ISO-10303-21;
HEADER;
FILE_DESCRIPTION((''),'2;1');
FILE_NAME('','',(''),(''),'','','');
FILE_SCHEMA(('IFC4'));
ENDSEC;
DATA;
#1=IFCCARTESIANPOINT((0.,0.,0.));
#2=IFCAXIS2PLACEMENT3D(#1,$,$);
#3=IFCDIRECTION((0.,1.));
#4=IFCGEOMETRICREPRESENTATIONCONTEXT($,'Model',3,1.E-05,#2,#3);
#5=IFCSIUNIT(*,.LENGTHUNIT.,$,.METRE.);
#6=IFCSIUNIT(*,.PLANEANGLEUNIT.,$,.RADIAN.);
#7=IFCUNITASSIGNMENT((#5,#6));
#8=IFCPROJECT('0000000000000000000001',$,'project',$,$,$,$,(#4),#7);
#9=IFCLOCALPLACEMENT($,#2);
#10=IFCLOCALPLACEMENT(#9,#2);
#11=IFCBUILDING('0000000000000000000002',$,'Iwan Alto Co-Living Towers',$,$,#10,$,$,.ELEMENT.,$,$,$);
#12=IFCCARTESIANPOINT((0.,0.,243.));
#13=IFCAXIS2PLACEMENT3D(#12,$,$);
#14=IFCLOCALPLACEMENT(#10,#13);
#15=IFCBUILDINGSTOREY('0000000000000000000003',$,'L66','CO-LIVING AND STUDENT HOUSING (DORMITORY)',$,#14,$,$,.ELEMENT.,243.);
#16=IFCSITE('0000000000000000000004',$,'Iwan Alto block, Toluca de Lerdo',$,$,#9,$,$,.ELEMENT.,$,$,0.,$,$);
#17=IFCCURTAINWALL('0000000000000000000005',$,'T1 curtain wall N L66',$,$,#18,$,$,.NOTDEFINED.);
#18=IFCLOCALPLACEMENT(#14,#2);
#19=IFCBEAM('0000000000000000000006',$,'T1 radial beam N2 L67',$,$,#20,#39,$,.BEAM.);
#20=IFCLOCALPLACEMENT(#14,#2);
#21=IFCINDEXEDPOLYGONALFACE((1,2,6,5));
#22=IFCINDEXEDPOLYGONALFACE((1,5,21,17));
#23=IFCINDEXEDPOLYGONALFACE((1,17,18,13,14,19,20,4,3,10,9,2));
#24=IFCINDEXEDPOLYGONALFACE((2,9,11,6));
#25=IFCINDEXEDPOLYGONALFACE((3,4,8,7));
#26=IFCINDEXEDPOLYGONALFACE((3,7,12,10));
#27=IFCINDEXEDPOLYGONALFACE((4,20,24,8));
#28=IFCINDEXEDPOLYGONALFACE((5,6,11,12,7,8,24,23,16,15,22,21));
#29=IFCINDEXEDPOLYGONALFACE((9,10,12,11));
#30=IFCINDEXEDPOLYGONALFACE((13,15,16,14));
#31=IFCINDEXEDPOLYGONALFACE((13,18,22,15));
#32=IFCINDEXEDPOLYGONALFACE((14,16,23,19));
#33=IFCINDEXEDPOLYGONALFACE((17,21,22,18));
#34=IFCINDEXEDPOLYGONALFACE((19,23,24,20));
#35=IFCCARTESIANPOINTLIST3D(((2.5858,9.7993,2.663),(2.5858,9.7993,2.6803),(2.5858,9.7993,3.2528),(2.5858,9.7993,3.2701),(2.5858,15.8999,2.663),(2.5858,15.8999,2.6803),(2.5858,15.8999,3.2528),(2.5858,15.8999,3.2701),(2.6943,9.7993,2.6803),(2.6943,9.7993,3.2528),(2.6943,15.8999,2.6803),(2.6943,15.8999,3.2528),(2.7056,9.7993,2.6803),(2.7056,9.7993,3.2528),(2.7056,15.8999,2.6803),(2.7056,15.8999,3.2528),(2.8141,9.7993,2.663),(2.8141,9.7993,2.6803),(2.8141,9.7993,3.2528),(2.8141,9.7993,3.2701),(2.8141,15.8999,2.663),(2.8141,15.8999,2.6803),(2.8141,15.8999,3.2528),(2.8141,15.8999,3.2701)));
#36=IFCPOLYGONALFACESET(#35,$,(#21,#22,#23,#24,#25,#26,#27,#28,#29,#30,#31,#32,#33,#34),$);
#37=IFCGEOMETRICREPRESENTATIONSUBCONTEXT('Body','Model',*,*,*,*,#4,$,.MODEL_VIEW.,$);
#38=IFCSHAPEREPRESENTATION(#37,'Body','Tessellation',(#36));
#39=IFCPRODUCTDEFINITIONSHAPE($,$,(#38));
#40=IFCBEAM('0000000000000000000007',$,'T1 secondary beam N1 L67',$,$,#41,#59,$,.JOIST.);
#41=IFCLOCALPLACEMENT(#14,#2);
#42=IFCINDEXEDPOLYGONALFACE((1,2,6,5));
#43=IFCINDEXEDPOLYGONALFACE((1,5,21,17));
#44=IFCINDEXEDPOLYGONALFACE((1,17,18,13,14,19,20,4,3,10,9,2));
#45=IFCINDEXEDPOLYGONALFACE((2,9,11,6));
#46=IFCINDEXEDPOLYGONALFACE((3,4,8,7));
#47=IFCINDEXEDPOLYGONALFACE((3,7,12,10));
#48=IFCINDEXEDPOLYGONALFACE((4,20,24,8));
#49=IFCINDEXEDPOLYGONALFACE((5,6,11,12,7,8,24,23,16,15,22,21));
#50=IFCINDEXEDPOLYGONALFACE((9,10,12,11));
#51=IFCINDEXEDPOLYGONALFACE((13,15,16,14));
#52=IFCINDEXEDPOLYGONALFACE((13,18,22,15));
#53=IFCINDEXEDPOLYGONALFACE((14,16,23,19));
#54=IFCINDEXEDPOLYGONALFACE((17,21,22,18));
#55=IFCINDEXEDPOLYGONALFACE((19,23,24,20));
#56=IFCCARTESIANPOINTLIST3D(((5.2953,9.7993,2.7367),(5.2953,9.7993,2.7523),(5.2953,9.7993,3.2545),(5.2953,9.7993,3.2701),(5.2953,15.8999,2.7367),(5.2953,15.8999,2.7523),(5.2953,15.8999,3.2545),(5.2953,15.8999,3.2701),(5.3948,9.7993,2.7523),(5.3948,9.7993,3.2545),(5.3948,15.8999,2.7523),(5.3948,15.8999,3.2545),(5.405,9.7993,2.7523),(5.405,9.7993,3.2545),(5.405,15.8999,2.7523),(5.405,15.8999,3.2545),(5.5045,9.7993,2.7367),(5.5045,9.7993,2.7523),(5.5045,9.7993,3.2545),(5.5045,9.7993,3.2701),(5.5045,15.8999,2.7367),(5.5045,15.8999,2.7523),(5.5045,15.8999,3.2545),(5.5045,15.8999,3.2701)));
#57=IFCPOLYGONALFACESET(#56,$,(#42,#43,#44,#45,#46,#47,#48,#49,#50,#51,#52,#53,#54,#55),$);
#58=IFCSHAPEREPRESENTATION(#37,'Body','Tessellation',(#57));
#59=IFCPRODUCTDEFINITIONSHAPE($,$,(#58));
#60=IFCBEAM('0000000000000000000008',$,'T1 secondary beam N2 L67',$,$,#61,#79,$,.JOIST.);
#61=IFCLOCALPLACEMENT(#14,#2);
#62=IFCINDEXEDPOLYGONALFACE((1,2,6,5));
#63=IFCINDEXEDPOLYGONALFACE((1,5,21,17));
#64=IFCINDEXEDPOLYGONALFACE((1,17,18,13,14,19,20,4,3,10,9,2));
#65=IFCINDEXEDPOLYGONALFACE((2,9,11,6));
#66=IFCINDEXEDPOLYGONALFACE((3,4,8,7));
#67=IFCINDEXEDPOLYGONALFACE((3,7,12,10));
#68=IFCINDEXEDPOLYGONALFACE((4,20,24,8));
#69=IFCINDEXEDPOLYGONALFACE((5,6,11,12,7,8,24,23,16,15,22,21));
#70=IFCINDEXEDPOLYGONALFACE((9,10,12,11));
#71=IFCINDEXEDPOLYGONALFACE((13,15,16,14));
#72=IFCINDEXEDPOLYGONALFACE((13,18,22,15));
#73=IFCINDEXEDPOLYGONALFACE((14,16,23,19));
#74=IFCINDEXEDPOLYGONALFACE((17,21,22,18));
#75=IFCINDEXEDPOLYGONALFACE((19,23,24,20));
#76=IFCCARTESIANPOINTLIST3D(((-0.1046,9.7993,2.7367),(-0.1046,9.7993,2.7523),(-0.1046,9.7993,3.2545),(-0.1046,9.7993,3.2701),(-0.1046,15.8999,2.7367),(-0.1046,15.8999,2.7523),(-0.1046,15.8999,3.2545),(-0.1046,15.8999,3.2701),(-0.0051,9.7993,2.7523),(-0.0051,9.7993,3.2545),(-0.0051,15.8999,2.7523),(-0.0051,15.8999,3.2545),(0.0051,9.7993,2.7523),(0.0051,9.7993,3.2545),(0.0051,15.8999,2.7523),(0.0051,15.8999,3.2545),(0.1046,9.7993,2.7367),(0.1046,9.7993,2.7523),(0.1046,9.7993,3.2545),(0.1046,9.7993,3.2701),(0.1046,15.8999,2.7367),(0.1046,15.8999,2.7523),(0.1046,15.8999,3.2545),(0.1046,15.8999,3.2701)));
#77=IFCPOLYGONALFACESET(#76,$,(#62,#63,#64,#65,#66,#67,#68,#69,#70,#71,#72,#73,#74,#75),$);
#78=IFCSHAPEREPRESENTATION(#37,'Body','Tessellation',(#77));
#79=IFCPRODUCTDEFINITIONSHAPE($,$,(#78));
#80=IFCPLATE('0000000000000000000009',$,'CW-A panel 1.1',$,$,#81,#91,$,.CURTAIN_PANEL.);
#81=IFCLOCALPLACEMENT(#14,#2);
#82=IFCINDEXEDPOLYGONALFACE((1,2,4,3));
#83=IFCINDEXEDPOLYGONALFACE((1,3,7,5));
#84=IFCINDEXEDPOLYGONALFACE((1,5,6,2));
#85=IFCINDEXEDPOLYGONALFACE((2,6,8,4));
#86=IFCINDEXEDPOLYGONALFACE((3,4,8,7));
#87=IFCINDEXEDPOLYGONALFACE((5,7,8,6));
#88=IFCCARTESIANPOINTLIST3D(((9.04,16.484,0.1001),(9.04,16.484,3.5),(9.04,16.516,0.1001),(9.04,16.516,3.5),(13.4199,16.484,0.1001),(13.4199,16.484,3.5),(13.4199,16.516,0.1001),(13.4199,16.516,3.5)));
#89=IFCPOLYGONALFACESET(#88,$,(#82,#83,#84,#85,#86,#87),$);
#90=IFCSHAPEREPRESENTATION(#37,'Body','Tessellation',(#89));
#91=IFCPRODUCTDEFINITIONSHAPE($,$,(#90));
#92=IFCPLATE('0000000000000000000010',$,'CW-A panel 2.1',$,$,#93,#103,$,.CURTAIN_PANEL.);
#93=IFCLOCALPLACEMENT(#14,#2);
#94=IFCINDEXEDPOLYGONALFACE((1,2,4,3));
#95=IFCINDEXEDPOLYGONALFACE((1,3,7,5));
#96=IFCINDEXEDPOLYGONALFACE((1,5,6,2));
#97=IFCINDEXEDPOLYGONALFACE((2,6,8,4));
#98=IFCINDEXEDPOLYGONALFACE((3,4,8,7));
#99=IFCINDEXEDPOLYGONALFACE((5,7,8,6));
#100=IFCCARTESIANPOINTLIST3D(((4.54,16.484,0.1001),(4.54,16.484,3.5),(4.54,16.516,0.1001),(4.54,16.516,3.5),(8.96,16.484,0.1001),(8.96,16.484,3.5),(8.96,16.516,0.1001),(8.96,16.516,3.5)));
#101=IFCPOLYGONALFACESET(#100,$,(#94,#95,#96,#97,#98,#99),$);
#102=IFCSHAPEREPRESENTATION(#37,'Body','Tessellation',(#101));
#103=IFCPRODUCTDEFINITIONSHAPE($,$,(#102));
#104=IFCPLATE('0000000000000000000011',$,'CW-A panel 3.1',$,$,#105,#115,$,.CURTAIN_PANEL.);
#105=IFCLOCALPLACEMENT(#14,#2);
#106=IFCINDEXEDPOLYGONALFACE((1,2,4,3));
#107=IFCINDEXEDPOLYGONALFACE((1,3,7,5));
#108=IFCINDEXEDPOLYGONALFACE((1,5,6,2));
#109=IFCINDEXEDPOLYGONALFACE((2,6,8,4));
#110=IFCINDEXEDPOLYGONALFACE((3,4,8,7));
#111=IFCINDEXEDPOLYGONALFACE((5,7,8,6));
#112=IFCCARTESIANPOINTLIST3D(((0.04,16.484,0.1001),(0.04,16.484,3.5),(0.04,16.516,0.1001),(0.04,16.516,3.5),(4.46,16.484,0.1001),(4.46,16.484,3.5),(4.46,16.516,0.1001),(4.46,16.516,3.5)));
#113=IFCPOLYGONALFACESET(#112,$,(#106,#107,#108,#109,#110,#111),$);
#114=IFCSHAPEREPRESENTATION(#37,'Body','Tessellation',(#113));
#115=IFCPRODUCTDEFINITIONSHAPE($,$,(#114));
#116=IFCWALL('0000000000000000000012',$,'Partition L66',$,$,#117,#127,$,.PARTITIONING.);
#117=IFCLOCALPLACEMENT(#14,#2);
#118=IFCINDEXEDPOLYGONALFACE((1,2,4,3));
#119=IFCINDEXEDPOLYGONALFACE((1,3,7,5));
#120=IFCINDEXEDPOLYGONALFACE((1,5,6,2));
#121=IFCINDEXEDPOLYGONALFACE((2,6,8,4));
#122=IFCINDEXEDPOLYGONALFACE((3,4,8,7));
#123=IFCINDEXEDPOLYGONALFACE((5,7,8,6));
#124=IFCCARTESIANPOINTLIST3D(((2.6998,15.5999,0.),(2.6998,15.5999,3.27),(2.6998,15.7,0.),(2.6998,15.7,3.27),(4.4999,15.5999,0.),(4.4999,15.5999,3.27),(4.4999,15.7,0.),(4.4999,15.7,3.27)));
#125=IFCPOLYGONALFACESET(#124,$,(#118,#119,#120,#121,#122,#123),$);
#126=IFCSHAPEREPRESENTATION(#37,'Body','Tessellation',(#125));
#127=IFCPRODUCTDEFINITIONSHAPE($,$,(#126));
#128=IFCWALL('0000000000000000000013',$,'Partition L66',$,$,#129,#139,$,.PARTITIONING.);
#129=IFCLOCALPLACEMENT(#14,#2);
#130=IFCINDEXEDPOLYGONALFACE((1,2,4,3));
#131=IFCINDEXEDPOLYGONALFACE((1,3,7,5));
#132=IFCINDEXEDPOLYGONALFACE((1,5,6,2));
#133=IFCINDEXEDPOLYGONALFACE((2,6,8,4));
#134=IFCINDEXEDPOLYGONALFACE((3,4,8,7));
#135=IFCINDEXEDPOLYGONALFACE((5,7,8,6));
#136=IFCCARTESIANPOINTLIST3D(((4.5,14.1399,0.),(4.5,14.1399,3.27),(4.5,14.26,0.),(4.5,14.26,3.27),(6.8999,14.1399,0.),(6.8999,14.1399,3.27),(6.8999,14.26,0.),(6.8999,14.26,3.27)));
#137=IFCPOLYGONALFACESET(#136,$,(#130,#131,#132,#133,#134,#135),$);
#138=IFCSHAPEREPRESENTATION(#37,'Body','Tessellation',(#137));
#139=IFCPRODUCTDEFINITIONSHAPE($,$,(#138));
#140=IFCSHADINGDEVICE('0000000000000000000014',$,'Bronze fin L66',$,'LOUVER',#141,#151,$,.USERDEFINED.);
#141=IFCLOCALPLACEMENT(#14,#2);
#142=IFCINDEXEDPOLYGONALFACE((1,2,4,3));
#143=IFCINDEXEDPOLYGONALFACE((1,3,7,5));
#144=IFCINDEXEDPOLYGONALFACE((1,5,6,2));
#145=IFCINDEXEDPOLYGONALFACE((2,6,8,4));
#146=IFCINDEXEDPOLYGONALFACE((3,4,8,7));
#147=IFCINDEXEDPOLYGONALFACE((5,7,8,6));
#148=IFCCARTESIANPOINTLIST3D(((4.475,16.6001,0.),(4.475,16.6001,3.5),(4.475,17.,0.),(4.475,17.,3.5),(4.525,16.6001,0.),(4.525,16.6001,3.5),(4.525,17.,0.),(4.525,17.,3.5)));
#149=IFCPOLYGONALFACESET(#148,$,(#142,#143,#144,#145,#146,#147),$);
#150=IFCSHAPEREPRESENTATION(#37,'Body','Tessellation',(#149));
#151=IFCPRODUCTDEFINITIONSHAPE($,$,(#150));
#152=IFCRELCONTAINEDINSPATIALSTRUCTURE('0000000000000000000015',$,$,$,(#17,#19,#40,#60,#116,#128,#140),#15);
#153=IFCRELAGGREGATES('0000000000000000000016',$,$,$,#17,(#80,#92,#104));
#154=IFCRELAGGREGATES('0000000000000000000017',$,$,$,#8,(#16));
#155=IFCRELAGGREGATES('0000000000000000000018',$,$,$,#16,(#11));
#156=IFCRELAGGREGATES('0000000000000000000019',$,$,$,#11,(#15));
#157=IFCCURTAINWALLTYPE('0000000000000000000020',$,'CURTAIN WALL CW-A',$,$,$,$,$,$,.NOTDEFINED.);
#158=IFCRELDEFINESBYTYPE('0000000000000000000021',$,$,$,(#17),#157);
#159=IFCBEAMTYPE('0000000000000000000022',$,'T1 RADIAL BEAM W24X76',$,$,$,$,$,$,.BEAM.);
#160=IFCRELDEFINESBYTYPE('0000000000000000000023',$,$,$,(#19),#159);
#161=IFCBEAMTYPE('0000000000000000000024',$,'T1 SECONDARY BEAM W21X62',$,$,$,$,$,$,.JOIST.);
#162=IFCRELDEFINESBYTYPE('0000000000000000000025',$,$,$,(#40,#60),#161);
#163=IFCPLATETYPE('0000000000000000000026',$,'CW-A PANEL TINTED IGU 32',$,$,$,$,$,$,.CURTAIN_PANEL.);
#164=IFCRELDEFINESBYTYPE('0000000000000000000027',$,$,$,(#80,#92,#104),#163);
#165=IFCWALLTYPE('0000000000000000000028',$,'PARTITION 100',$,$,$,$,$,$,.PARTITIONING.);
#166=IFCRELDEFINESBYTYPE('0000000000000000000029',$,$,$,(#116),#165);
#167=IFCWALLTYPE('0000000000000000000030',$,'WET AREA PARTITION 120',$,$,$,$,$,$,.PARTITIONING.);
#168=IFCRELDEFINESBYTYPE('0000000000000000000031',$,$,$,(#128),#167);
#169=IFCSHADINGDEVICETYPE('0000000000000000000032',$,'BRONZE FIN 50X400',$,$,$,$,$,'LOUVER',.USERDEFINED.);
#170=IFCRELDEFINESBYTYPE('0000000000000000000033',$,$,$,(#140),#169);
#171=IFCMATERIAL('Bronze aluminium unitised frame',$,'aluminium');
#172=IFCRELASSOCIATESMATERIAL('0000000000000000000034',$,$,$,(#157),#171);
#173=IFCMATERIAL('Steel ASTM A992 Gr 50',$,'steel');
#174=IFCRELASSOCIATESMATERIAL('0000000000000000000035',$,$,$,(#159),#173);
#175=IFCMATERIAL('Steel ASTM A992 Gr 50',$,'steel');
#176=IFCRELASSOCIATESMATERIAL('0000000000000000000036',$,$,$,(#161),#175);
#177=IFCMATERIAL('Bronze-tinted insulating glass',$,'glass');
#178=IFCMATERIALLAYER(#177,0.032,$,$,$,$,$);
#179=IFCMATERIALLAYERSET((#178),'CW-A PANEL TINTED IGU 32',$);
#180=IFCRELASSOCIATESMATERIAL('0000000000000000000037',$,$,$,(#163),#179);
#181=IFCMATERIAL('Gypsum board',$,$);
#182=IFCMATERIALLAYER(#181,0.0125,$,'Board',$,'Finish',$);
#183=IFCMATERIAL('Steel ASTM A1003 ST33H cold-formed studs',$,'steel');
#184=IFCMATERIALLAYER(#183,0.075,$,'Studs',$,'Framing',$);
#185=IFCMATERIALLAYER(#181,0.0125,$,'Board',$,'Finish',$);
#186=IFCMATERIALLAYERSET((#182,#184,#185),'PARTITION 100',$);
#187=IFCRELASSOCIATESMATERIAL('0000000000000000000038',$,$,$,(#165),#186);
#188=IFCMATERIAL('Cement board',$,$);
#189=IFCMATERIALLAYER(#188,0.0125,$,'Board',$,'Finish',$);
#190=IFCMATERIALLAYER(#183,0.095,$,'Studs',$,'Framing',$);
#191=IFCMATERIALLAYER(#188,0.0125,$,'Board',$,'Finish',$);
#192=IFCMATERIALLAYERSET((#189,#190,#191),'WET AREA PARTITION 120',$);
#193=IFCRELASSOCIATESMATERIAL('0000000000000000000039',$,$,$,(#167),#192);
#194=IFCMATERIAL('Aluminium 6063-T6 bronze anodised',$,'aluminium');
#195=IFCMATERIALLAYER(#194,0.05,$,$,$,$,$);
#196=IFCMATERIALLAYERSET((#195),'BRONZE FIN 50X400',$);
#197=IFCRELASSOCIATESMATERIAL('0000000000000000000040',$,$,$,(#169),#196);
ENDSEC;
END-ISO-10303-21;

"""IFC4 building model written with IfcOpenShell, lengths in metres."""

from ifc_helpers import new_model, si_unit, direction, frame, frame_2d, origin, origin_2d, place, context, subcontext, project, spatial, rectangle, i_section, extrude, material, layer, layer_set, material_profile, profile_set, type_object, element, aggregate, save


model = new_model("IFC4")

# Units and contexts
model_context = context("Model", 3, precision=1e-05, world=origin(), true_north=direction((0.0, 1.0)))
body_context = subcontext(model_context, "Body", "Model", "MODEL_VIEW")
ifc_project = project(units=[si_unit("LENGTHUNIT", "METRE"), si_unit("PLANEANGLEUNIT", "RADIAN")], contexts=[model_context])

# Site, building, storey
site_placement = place(None, origin())
site = spatial("IfcSite", under=ifc_project, at=site_placement, Name="Iwan Alto block, Toluca de Lerdo", CompositionType="ELEMENT", RefElevation=0.0)
building_placement = place(site_placement, origin())
building = spatial("IfcBuilding", under=site, at=building_placement, Name="Iwan Alto Co-Living Towers", CompositionType="ELEMENT")
storey_placement = place(building_placement, frame((0.0, 0.0, 243.0)))
storey = spatial("IfcBuildingStorey", under=building, at=storey_placement, Name="L66", Description="CO-LIVING AND STUDENT HOUSING (DORMITORY)", CompositionType="ELEMENT", Elevation=243.0)

# Curtain wall
ifc_material_1 = material(Name="Bronze aluminium unitised frame", Category="aluminium")
curtain_wall_type = type_object("IfcCurtainWallType", Name="CURTAIN WALL CW-A", PredefinedType="NOTDEFINED", material=ifc_material_1)
curtain_wall_placement = place(storey_placement, origin())
curtain_wall = element("IfcCurtainWall", 1, at=curtain_wall_placement, inside=storey, type_object=curtain_wall_type, Name="T1 curtain wall N L66", PredefinedType="NOTDEFINED")

# Beams
ifc_material_2 = material(Name="Steel ASTM A992 Gr 50", Category="steel")
ifc_material_profile_1 = material_profile(ifc_material_2, i_section(OverallWidth=0.2283, OverallDepth=0.6072, WebThickness=0.0112, FlangeThickness=0.0173, at=origin_2d()), Name="W24X76")
ifc_profile_set_1 = profile_set([ifc_material_profile_1], Name="Steel ASTM A992 Gr 50")
beam_type_1 = type_object("IfcBeamType", Name="T1 RADIAL BEAM W24X76", PredefinedType="BEAM", material=ifc_profile_set_1)
for number, where, z_axis, x_axis, name in (
    (2, (2.7, 15.8999, 2.9666), (0.0, -1.0, 0.0), (1.0, 0.0, 0.0), "T1 radial beam N2 L67"),
):
    element("IfcBeam", number, at=place(storey_placement, frame(where, z_axis=z_axis, x_axis=x_axis)), inside=storey, type_object=beam_type_1, Name=name, PredefinedType="BEAM", context=body_context, shape_type="SweptSolid", body=[
        extrude(i_section(OverallWidth=0.2283, OverallDepth=0.6072, WebThickness=0.0112, FlangeThickness=0.0173, at=origin_2d()), origin(), (0.0, 0.0, 1.0), 6.1006),
    ])
ifc_material_3 = material(Name="Steel ASTM A992 Gr 50", Category="steel")
ifc_material_profile_2 = material_profile(ifc_material_3, i_section(OverallWidth=0.2092, OverallDepth=0.5334, WebThickness=0.0103, FlangeThickness=0.0156, at=origin_2d()), Name="W21X62")
ifc_profile_set_2 = profile_set([ifc_material_profile_2], Name="Steel ASTM A992 Gr 50")
beam_type_2 = type_object("IfcBeamType", Name="T1 SECONDARY BEAM W21X62", PredefinedType="JOIST", material=ifc_profile_set_2)
for number, where, z_axis, x_axis, name in (
    (3, (5.3999, 15.8999, 3.0034), (0.0, -1.0, 0.0), (1.0, 0.0, 0.0), "T1 secondary beam N1 L67"),
    (4, (0.0, 15.8999, 3.0034), (0.0, -1.0, 0.0), (1.0, 0.0, 0.0), "T1 secondary beam N2 L67"),
):
    element("IfcBeam", number, at=place(storey_placement, frame(where, z_axis=z_axis, x_axis=x_axis)), inside=storey, type_object=beam_type_2, Name=name, PredefinedType="JOIST", context=body_context, shape_type="SweptSolid", body=[
        extrude(i_section(OverallWidth=0.2092, OverallDepth=0.5334, WebThickness=0.0103, FlangeThickness=0.0156, at=origin_2d()), origin(), (0.0, 0.0, 1.0), 6.1006),
    ])

# Plates
ifc_material_4 = material(Name="Bronze-tinted insulating glass", Category="glass")
ifc_layer_1 = layer(ifc_material_4, 0.032)
ifc_layer_set_1 = layer_set([ifc_layer_1], Name="CW-A PANEL TINTED IGU 32")
plate_type = type_object("IfcPlateType", Name="CW-A PANEL TINTED IGU 32", PredefinedType="CURTAIN_PANEL", material=ifc_layer_set_1)
plate_1_placement = place(storey_placement, frame((11.23, 16.5, 0.1001), z_axis=(0.0, 0.0, 1.0), x_axis=(-1.0, 0.0, 0.0)))
plate_1 = element("IfcPlate", 5, at=plate_1_placement, type_object=plate_type, Name="CW-A panel 1.1", PredefinedType="CURTAIN_PANEL", context=body_context, shape_type="SweptSolid", body=[
    extrude(rectangle(XDim=4.3799, YDim=0.032, at=origin_2d()), origin(), (0.0, 0.0, 1.0), 3.3999),
])
plate_2_placement = place(storey_placement, frame((6.75, 16.5, 0.1001), z_axis=(0.0, 0.0, 1.0), x_axis=(-1.0, 0.0, 0.0)))
plate_2 = element("IfcPlate", 6, at=plate_2_placement, type_object=plate_type, Name="CW-A panel 2.1", PredefinedType="CURTAIN_PANEL", context=body_context, shape_type="SweptSolid", body=[
    extrude(rectangle(XDim=4.4199, YDim=0.032, at=origin_2d()), origin(), (0.0, 0.0, 1.0), 3.3999),
])
plate_3_placement = place(storey_placement, frame((2.25, 16.5, 0.1001), z_axis=(0.0, 0.0, 1.0), x_axis=(-1.0, 0.0, 0.0)))
plate_3 = element("IfcPlate", 7, at=plate_3_placement, type_object=plate_type, Name="CW-A panel 3.1", PredefinedType="CURTAIN_PANEL", context=body_context, shape_type="SweptSolid", body=[
    extrude(rectangle(XDim=4.4199, YDim=0.032, at=origin_2d()), origin(), (0.0, 0.0, 1.0), 3.3999),
])
aggregate(curtain_wall, [plate_1, plate_2, plate_3])

# Walls
ifc_material_5 = material(Name="Gypsum board")
ifc_layer_2 = layer(ifc_material_5, 0.0125, Name="Board", Category="Finish")
ifc_material_6 = material(Name="Steel ASTM A1003 ST33H cold-formed studs", Category="steel")
ifc_layer_3 = layer(ifc_material_6, 0.075, Name="Studs", Category="Framing")
ifc_layer_4 = layer(ifc_material_5, 0.0125, Name="Board", Category="Finish")
ifc_layer_set_2 = layer_set([ifc_layer_2, ifc_layer_3, ifc_layer_4], Name="PARTITION 100")
wall_type_1 = type_object("IfcWallType", Name="PARTITION 100", PredefinedType="PARTITIONING", material=ifc_layer_set_2)
wall_1_placement = place(storey_placement, frame((2.7, 15.6499, 0.0), z_axis=(0.0, 0.0, 1.0), x_axis=(1.0, 0.0, 0.0)))
element("IfcWall", 8, at=wall_1_placement, inside=storey, type_object=wall_type_1, Name="Partition L66", PredefinedType="PARTITIONING", context=body_context, shape_type="SweptSolid", body=[
    extrude(rectangle(XDim=1.8, YDim=0.1001, at=frame_2d((0.8999, 0.0))), origin(), (0.0, 0.0, 1.0), 3.27),
])
ifc_material_7 = material(Name="Cement board")
ifc_layer_5 = layer(ifc_material_7, 0.0125, Name="Board", Category="Finish")
ifc_layer_6 = layer(ifc_material_6, 0.095, Name="Studs", Category="Framing")
ifc_layer_7 = layer(ifc_material_7, 0.0125, Name="Board", Category="Finish")
ifc_layer_set_3 = layer_set([ifc_layer_5, ifc_layer_6, ifc_layer_7], Name="WET AREA PARTITION 120")
wall_type_2 = type_object("IfcWallType", Name="WET AREA PARTITION 120", PredefinedType="PARTITIONING", material=ifc_layer_set_3)
wall_2_placement = place(storey_placement, frame((4.5, 14.2, 0.0), z_axis=(0.0, 0.0, 1.0), x_axis=(1.0, 0.0, 0.0)))
element("IfcWall", 9, at=wall_2_placement, inside=storey, type_object=wall_type_2, Name="Partition L66", PredefinedType="PARTITIONING", context=body_context, shape_type="SweptSolid", body=[
    extrude(rectangle(XDim=2.3999, YDim=0.1201, at=frame_2d((1.2, 0.0))), origin(), (0.0, 0.0, 1.0), 3.27),
])

# Shading device
ifc_material_8 = material(Name="Aluminium 6063-T6 bronze anodised", Category="aluminium")
ifc_layer_8 = layer(ifc_material_8, 0.05)
ifc_layer_set_4 = layer_set([ifc_layer_8], Name="BRONZE FIN 50X400")
shading_device_type = type_object("IfcShadingDeviceType", Name="BRONZE FIN 50X400", ElementType="LOUVER", PredefinedType="USERDEFINED", material=ifc_layer_set_4)
shading_device_placement = place(storey_placement, frame((4.5, 16.8, 0.0), z_axis=(0.0, 0.0, 1.0), x_axis=(-1.0, 0.0, 0.0)))
element("IfcShadingDevice", 10, at=shading_device_placement, inside=storey, type_object=shading_device_type, Name="Bronze fin L66", ObjectType="LOUVER", PredefinedType="USERDEFINED", context=body_context, shape_type="SweptSolid", body=[
    extrude(rectangle(XDim=0.05, YDim=0.3999, at=origin_2d()), origin(), (0.0, 0.0, 1.0), 3.5),
])

save(model, "model.ifc")
